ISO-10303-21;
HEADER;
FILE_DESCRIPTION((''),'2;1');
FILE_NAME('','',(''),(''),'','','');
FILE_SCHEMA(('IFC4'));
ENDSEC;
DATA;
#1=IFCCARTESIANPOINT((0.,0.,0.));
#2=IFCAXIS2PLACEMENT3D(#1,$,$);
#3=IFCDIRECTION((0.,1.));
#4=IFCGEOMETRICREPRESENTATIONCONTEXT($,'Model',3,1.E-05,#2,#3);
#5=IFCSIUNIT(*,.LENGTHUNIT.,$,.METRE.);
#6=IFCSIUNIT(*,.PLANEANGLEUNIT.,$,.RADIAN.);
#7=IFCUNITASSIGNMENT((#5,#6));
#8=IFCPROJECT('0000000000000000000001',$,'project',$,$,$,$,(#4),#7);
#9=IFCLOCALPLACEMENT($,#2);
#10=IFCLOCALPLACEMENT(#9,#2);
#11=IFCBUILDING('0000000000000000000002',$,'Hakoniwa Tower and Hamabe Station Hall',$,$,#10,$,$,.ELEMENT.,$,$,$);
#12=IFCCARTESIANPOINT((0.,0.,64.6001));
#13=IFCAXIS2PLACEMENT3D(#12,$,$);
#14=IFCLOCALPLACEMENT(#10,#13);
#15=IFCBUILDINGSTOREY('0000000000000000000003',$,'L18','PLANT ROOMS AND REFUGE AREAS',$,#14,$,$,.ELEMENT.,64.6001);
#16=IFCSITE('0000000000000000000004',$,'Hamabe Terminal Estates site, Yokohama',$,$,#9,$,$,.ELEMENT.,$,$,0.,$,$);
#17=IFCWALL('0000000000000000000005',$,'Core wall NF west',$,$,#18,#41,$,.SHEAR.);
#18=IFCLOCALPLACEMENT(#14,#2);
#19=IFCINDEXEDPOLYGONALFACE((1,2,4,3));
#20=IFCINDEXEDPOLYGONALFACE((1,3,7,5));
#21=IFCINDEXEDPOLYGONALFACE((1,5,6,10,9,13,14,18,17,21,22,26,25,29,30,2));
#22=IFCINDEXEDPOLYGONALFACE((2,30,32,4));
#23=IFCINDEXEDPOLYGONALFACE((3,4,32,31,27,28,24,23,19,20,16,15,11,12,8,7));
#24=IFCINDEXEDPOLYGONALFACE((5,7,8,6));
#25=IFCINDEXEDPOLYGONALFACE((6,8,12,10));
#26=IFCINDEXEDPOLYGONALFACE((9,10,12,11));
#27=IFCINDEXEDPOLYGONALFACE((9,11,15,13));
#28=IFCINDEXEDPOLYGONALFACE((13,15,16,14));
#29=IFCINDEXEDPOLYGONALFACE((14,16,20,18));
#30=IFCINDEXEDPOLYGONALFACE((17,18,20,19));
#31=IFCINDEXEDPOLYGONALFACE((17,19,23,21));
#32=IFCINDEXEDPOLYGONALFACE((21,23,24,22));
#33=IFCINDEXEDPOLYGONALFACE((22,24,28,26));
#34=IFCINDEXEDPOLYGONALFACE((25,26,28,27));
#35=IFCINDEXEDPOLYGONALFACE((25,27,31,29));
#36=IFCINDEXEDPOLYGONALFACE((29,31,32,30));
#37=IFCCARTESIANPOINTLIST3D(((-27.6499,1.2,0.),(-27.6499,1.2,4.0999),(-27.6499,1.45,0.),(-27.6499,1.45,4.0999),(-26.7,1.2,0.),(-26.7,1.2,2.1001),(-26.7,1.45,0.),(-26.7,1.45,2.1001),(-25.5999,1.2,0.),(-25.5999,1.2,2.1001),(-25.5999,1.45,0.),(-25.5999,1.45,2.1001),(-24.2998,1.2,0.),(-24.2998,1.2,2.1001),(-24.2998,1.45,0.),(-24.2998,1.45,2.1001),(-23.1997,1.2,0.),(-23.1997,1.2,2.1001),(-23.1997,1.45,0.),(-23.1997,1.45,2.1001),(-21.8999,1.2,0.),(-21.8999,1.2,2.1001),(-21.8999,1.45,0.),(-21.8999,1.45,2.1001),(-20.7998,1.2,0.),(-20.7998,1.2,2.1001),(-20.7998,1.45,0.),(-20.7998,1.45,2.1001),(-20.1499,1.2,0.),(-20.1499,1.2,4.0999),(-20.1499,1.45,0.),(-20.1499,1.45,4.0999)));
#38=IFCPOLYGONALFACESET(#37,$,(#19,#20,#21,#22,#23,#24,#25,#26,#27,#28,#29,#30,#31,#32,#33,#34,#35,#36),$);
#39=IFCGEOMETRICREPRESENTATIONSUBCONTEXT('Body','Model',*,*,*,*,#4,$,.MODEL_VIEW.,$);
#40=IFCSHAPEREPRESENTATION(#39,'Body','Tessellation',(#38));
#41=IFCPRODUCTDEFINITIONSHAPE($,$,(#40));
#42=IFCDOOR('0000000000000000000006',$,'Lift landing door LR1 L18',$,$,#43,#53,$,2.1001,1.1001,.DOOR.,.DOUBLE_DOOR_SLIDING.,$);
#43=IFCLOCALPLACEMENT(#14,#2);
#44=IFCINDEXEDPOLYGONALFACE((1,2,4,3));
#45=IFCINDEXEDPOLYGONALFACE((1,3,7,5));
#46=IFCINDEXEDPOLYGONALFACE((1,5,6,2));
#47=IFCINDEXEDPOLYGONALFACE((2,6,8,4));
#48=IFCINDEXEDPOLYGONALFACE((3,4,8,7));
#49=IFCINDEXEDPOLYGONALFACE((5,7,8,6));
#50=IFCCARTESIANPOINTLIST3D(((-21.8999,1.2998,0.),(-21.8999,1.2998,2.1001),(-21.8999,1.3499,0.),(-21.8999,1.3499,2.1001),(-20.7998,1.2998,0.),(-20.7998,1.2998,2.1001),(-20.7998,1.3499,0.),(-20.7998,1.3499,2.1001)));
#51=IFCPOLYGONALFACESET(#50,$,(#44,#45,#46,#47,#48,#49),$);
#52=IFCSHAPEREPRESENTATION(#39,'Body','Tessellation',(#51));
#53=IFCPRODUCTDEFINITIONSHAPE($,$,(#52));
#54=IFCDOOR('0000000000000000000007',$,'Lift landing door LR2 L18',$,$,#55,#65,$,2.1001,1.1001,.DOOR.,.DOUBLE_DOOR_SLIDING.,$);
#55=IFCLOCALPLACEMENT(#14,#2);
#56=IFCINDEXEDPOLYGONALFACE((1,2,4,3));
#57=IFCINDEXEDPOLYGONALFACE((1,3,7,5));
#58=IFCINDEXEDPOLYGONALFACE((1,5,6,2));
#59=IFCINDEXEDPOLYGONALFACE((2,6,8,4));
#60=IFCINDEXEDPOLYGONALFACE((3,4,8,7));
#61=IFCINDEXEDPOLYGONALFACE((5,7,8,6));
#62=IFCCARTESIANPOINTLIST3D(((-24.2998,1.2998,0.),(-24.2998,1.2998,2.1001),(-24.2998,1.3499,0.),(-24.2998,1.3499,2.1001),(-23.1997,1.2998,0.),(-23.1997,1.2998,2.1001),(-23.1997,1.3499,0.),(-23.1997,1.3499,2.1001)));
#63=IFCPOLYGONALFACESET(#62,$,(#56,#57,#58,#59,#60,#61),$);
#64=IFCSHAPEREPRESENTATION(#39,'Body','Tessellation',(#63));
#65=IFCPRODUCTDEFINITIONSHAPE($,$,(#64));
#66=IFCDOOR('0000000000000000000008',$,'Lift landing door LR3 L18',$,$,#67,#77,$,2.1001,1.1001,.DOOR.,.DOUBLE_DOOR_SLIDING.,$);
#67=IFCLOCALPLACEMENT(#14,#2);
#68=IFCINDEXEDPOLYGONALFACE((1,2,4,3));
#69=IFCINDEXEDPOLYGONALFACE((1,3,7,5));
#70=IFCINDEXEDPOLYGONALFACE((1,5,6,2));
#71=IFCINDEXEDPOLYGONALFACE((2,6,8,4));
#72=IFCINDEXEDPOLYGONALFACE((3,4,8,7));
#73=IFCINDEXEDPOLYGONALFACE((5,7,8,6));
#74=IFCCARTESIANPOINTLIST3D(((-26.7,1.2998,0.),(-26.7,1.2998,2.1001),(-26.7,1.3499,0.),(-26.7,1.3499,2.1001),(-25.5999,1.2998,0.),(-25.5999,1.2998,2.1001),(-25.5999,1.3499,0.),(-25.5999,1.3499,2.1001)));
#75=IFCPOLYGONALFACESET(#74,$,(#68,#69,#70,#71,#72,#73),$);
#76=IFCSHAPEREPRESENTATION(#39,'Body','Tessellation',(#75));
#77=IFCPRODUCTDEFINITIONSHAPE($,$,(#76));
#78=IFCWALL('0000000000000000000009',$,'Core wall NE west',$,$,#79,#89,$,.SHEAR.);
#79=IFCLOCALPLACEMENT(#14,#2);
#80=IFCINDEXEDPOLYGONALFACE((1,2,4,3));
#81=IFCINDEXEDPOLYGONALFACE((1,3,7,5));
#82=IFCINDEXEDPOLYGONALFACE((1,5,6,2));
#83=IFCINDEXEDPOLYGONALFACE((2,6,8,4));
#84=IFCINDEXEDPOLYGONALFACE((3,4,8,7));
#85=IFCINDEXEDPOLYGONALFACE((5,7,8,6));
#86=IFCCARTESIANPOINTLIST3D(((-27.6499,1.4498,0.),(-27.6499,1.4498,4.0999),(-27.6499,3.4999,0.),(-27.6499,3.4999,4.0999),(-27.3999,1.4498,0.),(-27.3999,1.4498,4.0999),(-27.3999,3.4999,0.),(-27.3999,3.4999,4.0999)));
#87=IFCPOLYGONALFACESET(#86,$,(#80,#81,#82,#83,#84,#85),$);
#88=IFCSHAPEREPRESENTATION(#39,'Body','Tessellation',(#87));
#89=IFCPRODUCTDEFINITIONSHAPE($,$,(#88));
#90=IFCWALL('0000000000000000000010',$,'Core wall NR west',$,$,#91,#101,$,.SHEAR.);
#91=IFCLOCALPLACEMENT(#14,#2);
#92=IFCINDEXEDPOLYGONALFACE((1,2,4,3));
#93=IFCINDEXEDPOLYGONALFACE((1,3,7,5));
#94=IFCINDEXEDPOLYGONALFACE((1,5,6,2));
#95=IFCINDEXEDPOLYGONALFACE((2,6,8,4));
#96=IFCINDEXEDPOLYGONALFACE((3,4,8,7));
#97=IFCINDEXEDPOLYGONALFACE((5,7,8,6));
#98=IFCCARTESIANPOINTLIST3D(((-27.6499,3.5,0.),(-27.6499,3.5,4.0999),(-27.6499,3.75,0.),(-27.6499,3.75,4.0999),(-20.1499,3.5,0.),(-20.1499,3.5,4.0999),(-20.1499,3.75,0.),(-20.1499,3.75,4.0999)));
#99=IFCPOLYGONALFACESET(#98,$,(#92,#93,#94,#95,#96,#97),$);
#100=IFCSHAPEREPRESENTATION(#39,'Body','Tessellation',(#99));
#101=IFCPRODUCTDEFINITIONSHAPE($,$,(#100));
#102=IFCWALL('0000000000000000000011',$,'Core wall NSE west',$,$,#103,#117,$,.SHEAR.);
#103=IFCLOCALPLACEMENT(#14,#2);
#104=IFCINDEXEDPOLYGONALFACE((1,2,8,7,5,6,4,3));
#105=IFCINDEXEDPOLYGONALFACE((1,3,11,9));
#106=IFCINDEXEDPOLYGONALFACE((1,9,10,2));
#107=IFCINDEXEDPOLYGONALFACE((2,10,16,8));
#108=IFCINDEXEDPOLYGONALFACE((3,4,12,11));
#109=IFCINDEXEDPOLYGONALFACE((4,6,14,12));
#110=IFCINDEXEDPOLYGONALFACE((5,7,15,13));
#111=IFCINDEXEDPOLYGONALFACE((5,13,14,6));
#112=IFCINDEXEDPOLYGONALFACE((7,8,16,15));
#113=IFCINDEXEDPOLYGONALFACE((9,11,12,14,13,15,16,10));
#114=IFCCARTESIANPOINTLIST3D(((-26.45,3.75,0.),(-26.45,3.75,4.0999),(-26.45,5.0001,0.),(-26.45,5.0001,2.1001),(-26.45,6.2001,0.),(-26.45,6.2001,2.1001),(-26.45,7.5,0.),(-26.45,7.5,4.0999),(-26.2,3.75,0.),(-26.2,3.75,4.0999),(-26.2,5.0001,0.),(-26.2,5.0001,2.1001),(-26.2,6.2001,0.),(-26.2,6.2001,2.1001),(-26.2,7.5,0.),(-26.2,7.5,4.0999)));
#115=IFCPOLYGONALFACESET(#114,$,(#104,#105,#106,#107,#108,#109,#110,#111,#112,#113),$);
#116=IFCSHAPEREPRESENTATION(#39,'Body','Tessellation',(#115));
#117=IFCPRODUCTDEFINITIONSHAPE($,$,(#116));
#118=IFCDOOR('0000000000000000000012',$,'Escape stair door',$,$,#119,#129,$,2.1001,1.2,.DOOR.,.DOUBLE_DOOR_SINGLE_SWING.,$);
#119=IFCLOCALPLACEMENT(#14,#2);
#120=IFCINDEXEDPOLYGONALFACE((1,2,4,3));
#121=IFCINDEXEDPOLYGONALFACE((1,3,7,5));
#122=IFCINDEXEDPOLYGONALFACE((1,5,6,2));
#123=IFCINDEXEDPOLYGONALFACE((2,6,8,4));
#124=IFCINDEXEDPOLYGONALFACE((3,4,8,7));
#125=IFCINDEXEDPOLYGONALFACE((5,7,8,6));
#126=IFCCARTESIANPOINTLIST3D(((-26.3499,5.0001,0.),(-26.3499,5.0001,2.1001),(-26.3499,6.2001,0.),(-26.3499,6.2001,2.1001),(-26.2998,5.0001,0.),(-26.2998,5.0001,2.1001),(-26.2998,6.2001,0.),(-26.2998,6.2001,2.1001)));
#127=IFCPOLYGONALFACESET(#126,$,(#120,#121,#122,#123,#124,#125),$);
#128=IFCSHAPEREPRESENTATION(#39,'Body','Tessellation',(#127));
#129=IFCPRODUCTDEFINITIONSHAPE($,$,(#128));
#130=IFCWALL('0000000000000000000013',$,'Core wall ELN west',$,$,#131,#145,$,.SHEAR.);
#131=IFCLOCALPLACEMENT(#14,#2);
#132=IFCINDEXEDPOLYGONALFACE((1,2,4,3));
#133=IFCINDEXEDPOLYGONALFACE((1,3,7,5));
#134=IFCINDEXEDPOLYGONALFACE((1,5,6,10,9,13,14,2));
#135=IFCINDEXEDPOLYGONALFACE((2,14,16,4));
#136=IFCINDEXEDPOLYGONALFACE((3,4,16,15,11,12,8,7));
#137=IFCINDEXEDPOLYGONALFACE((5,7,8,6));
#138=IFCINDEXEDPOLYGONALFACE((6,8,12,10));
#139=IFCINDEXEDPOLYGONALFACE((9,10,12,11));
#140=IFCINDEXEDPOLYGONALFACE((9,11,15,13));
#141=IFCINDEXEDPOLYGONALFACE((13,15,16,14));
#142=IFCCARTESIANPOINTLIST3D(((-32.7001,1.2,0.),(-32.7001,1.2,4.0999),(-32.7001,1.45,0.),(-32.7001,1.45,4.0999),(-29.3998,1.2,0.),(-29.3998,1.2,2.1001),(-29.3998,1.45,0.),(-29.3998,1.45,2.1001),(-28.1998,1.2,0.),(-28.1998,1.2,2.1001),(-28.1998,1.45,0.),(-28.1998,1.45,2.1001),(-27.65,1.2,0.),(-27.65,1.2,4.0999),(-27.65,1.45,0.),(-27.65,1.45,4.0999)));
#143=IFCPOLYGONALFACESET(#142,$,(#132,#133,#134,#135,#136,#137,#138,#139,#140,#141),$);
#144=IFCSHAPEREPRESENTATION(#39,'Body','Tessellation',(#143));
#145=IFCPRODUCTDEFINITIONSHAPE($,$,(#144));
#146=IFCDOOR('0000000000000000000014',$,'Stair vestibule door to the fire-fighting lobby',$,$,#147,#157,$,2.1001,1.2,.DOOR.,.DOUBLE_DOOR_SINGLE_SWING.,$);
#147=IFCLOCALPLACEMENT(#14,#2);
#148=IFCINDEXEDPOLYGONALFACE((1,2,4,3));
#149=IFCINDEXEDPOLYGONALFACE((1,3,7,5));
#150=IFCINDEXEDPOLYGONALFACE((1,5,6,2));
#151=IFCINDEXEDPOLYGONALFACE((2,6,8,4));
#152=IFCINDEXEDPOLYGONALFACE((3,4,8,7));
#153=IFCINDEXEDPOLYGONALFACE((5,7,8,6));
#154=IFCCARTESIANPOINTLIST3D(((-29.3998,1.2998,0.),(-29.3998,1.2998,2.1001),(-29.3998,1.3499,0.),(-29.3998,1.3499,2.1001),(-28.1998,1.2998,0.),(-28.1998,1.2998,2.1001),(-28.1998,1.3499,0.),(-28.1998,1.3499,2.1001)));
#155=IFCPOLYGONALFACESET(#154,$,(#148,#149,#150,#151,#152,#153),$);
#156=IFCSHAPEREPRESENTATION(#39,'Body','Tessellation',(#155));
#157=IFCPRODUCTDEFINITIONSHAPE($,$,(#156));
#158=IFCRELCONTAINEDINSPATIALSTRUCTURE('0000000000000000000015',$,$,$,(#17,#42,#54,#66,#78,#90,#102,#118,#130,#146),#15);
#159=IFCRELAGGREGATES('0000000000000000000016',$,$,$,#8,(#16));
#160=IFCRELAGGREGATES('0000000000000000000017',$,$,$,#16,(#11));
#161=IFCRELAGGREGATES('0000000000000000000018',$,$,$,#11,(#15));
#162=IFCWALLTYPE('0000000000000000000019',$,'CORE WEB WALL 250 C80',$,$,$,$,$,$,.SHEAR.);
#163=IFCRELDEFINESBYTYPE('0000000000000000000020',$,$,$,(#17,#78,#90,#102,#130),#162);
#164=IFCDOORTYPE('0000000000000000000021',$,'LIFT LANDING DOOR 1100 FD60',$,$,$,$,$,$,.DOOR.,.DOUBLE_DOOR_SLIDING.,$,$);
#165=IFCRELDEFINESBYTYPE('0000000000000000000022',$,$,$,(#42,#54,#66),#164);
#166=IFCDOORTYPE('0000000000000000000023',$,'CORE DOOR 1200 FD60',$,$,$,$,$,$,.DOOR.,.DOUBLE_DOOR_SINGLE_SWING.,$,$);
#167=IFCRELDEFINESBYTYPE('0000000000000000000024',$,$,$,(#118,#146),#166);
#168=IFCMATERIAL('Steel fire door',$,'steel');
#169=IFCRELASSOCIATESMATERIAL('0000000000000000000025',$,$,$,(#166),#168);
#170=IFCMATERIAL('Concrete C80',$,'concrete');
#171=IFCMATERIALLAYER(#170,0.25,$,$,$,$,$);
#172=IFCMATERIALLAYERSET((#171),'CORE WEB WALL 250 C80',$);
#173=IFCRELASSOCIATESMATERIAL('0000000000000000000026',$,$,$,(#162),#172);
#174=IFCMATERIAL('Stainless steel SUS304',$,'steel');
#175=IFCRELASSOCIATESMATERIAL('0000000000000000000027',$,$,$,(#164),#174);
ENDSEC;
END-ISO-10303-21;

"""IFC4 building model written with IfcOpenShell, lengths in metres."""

from ifc_helpers import new_model, si_unit, direction, frame, frame_2d, origin, place, context, subcontext, project, spatial, rectangle, extrude, material, layer, layer_set, type_object, element, fill, save


model = new_model("IFC4")

# Units and contexts
model_context = context("Model", 3, precision=1e-05, world=origin(), true_north=direction((0.0, 1.0)))
body_context = subcontext(model_context, "Body", "Model", "MODEL_VIEW")
ifc_project = project(units=[si_unit("LENGTHUNIT", "METRE"), si_unit("PLANEANGLEUNIT", "RADIAN")], contexts=[model_context])

# Site, building, storey
site_placement = place(None, origin())
site = spatial("IfcSite", under=ifc_project, at=site_placement, Name="Hamabe Terminal Estates site, Yokohama", CompositionType="ELEMENT", RefElevation=0.0)
building_placement = place(site_placement, origin())
building = spatial("IfcBuilding", under=site, at=building_placement, Name="Hakoniwa Tower and Hamabe Station Hall", CompositionType="ELEMENT")
storey_placement = place(building_placement, frame((0.0, 0.0, 64.6001)))
storey = spatial("IfcBuildingStorey", under=building, at=storey_placement, Name="L18", Description="PLANT ROOMS AND REFUGE AREAS", CompositionType="ELEMENT", Elevation=64.6001)

# Shared definitions
ifc_material_1 = material(Name="Steel fire door", Category="steel")
door_type_1 = type_object("IfcDoorType", Name="CORE DOOR 1200 FD60", OperationType="DOUBLE_DOOR_SINGLE_SWING", PredefinedType="DOOR", material=ifc_material_1)

# Wall, openings, doors
ifc_material_2 = material(Name="Concrete C80", Category="concrete")
ifc_layer_1 = layer(ifc_material_2, 0.25)
ifc_layer_set_1 = layer_set([ifc_layer_1], Name="CORE WEB WALL 250 C80")
wall_type_1 = type_object("IfcWallType", Name="CORE WEB WALL 250 C80", PredefinedType="SHEAR", material=ifc_layer_set_1)
wall_1_placement = place(storey_placement, frame((-27.6499, 1.325, 0.0), z_axis=(0.0, 0.0, 1.0), x_axis=(1.0, 0.0, 0.0)))
wall_1 = element("IfcWall", 1, at=wall_1_placement, inside=storey, type_object=wall_type_1, Name="Core wall NF west", PredefinedType="SHEAR", context=body_context, shape_type="SweptSolid", body=[
    extrude(rectangle(XDim=7.5, YDim=0.25, at=frame_2d((3.75, 0.0))), origin(), (0.0, 0.0, 1.0), 4.0999),
])
opening_1_placement = place(wall_1_placement, frame((5.75, 0.0, 0.0)))
opening_1 = element("IfcOpeningElement", 2, at=opening_1_placement, cuts=wall_1, PredefinedType="OPENING", context=body_context, shape_type="SweptSolid", body=[
    extrude(rectangle(XDim=1.1001, YDim=2.1001, at=frame_2d((0.55, 1.05))), frame((0.0, 0.135, 0.0), z_axis=(0.0, -1.0, 0.0), x_axis=(1.0, 0.0, 0.0)), (0.0, 0.0, 1.0), 0.27),
])
opening_2_placement = place(wall_1_placement, frame((3.3501, 0.0, 0.0)))
opening_2 = element("IfcOpeningElement", 3, at=opening_2_placement, cuts=wall_1, PredefinedType="OPENING", context=body_context, shape_type="SweptSolid", body=[
    extrude(rectangle(XDim=1.1001, YDim=2.1001, at=frame_2d((0.55, 1.05))), frame((0.0, 0.135, 0.0), z_axis=(0.0, -1.0, 0.0), x_axis=(1.0, 0.0, 0.0)), (0.0, 0.0, 1.0), 0.27),
])
opening_3_placement = place(wall_1_placement, frame((0.95, 0.0, 0.0)))
opening_3 = element("IfcOpeningElement", 4, at=opening_3_placement, cuts=wall_1, PredefinedType="OPENING", context=body_context, shape_type="SweptSolid", body=[
    extrude(rectangle(XDim=1.1001, YDim=2.1001, at=frame_2d((0.55, 1.05))), frame((0.0, 0.135, 0.0), z_axis=(0.0, -1.0, 0.0), x_axis=(1.0, 0.0, 0.0)), (0.0, 0.0, 1.0), 0.27),
])
ifc_material_3 = material(Name="Stainless steel SUS304", Category="steel")
door_type_2 = type_object("IfcDoorType", Name="LIFT LANDING DOOR 1100 FD60", OperationType="DOUBLE_DOOR_SLIDING", PredefinedType="DOOR", material=ifc_material_3)
door_1_placement = place(opening_1_placement, origin())
door_1 = element("IfcDoor", 5, at=door_1_placement, inside=storey, type_object=door_type_2, Name="Lift landing door LR1 L18", OperationType="DOUBLE_DOOR_SLIDING", OverallHeight=2.1001, OverallWidth=1.1001, PredefinedType="DOOR", context=body_context, shape_type="SweptSolid", body=[
    extrude(rectangle(XDim=1.1001, YDim=2.1001, at=frame_2d((0.55, 1.05))), frame((0.0, 0.0249, 0.0), z_axis=(0.0, -1.0, 0.0), x_axis=(1.0, 0.0, 0.0)), (0.0, 0.0, 1.0), 0.05),
])
fill(opening_1, door_1)
door_2_placement = place(opening_2_placement, origin())
door_2 = element("IfcDoor", 6, at=door_2_placement, inside=storey, type_object=door_type_2, Name="Lift landing door LR2 L18", OperationType="DOUBLE_DOOR_SLIDING", OverallHeight=2.1001, OverallWidth=1.1001, PredefinedType="DOOR", context=body_context, shape_type="SweptSolid", body=[
    extrude(rectangle(XDim=1.1001, YDim=2.1001, at=frame_2d((0.55, 1.05))), frame((0.0, 0.0249, 0.0), z_axis=(0.0, -1.0, 0.0), x_axis=(1.0, 0.0, 0.0)), (0.0, 0.0, 1.0), 0.05),
])
fill(opening_2, door_2)
door_3_placement = place(opening_3_placement, origin())
door_3 = element("IfcDoor", 7, at=door_3_placement, inside=storey, type_object=door_type_2, Name="Lift landing door LR3 L18", OperationType="DOUBLE_DOOR_SLIDING", OverallHeight=2.1001, OverallWidth=1.1001, PredefinedType="DOOR", context=body_context, shape_type="SweptSolid", body=[
    extrude(rectangle(XDim=1.1001, YDim=2.1001, at=frame_2d((0.55, 1.05))), frame((0.0, 0.0249, 0.0), z_axis=(0.0, -1.0, 0.0), x_axis=(1.0, 0.0, 0.0)), (0.0, 0.0, 1.0), 0.05),
])
fill(opening_3, door_3)

# Walls
wall_2_placement = place(storey_placement, frame((-27.5249, 1.45, 0.0), z_axis=(0.0, 0.0, 1.0), x_axis=(0.0, 1.0, 0.0)))
element("IfcWall", 8, at=wall_2_placement, inside=storey, type_object=wall_type_1, Name="Core wall NE west", PredefinedType="SHEAR", context=body_context, shape_type="SweptSolid", body=[
    extrude(rectangle(XDim=2.05, YDim=0.25, at=frame_2d((1.0249, 0.0))), origin(), (0.0, 0.0, 1.0), 4.0999),
])
wall_3_placement = place(storey_placement, frame((-27.6499, 3.625, 0.0), z_axis=(0.0, 0.0, 1.0), x_axis=(1.0, 0.0, 0.0)))
element("IfcWall", 9, at=wall_3_placement, inside=storey, type_object=wall_type_1, Name="Core wall NR west", PredefinedType="SHEAR", context=body_context, shape_type="SweptSolid", body=[
    extrude(rectangle(XDim=7.5, YDim=0.25, at=frame_2d((3.75, 0.0))), origin(), (0.0, 0.0, 1.0), 4.0999),
])

# Walls, openings, doors
wall_4_placement = place(storey_placement, frame((-26.325, 3.75, 0.0), z_axis=(0.0, 0.0, 1.0), x_axis=(0.0, 1.0, 0.0)))
wall_4 = element("IfcWall", 10, at=wall_4_placement, inside=storey, type_object=wall_type_1, Name="Core wall NSE west", PredefinedType="SHEAR", context=body_context, shape_type="SweptSolid", body=[
    extrude(rectangle(XDim=3.75, YDim=0.25, at=frame_2d((1.875, 0.0))), origin(), (0.0, 0.0, 1.0), 4.0999),
])
opening_4_placement = place(wall_4_placement, frame((1.25, 0.0, 0.0)))
opening_4 = element("IfcOpeningElement", 11, at=opening_4_placement, cuts=wall_4, PredefinedType="OPENING", context=body_context, shape_type="SweptSolid", body=[
    extrude(rectangle(XDim=1.2, YDim=2.1001, at=frame_2d((0.6001, 1.05))), frame((0.0, 0.135, 0.0), z_axis=(0.0, -1.0, 0.0), x_axis=(1.0, 0.0, 0.0)), (0.0, 0.0, 1.0), 0.27),
])
door_4_placement = place(opening_4_placement, origin())
door_4 = element("IfcDoor", 12, at=door_4_placement, inside=storey, type_object=door_type_1, Name="Escape stair door", OperationType="DOUBLE_DOOR_SINGLE_SWING", OverallHeight=2.1001, OverallWidth=1.2, PredefinedType="DOOR", context=body_context, shape_type="SweptSolid", body=[
    extrude(rectangle(XDim=1.2, YDim=2.1001, at=frame_2d((0.6001, 1.05))), frame((0.0, 0.0249, 0.0), z_axis=(0.0, -1.0, 0.0), x_axis=(1.0, 0.0, 0.0)), (0.0, 0.0, 1.0), 0.05),
])
fill(opening_4, door_4)
wall_5_placement = place(storey_placement, frame((-32.7, 1.325, 0.0), z_axis=(0.0, 0.0, 1.0), x_axis=(1.0, 0.0, 0.0)))
wall_5 = element("IfcWall", 13, at=wall_5_placement, inside=storey, type_object=wall_type_1, Name="Core wall ELN west", PredefinedType="SHEAR", context=body_context, shape_type="SweptSolid", body=[
    extrude(rectangle(XDim=5.05, YDim=0.25, at=frame_2d((2.5249, 0.0))), origin(), (0.0, 0.0, 1.0), 4.0999),
])
opening_5_placement = place(wall_5_placement, frame((3.3, 0.0, 0.0)))
opening_5 = element("IfcOpeningElement", 14, at=opening_5_placement, cuts=wall_5, PredefinedType="OPENING", context=body_context, shape_type="SweptSolid", body=[
    extrude(rectangle(XDim=1.2, YDim=2.1001, at=frame_2d((0.6001, 1.05))), frame((0.0, 0.135, 0.0), z_axis=(0.0, -1.0, 0.0), x_axis=(1.0, 0.0, 0.0)), (0.0, 0.0, 1.0), 0.27),
])
door_5_placement = place(opening_5_placement, origin())
door_5 = element("IfcDoor", 15, at=door_5_placement, inside=storey, type_object=door_type_1, Name="Stair vestibule door to the fire-fighting lobby", OperationType="DOUBLE_DOOR_SINGLE_SWING", OverallHeight=2.1001, OverallWidth=1.2, PredefinedType="DOOR", context=body_context, shape_type="SweptSolid", body=[
    extrude(rectangle(XDim=1.2, YDim=2.1001, at=frame_2d((0.6001, 1.05))), frame((0.0, 0.0249, 0.0), z_axis=(0.0, -1.0, 0.0), x_axis=(1.0, 0.0, 0.0)), (0.0, 0.0, 1.0), 0.05),
])
fill(opening_5, door_5)

save(model, "model.ifc")
